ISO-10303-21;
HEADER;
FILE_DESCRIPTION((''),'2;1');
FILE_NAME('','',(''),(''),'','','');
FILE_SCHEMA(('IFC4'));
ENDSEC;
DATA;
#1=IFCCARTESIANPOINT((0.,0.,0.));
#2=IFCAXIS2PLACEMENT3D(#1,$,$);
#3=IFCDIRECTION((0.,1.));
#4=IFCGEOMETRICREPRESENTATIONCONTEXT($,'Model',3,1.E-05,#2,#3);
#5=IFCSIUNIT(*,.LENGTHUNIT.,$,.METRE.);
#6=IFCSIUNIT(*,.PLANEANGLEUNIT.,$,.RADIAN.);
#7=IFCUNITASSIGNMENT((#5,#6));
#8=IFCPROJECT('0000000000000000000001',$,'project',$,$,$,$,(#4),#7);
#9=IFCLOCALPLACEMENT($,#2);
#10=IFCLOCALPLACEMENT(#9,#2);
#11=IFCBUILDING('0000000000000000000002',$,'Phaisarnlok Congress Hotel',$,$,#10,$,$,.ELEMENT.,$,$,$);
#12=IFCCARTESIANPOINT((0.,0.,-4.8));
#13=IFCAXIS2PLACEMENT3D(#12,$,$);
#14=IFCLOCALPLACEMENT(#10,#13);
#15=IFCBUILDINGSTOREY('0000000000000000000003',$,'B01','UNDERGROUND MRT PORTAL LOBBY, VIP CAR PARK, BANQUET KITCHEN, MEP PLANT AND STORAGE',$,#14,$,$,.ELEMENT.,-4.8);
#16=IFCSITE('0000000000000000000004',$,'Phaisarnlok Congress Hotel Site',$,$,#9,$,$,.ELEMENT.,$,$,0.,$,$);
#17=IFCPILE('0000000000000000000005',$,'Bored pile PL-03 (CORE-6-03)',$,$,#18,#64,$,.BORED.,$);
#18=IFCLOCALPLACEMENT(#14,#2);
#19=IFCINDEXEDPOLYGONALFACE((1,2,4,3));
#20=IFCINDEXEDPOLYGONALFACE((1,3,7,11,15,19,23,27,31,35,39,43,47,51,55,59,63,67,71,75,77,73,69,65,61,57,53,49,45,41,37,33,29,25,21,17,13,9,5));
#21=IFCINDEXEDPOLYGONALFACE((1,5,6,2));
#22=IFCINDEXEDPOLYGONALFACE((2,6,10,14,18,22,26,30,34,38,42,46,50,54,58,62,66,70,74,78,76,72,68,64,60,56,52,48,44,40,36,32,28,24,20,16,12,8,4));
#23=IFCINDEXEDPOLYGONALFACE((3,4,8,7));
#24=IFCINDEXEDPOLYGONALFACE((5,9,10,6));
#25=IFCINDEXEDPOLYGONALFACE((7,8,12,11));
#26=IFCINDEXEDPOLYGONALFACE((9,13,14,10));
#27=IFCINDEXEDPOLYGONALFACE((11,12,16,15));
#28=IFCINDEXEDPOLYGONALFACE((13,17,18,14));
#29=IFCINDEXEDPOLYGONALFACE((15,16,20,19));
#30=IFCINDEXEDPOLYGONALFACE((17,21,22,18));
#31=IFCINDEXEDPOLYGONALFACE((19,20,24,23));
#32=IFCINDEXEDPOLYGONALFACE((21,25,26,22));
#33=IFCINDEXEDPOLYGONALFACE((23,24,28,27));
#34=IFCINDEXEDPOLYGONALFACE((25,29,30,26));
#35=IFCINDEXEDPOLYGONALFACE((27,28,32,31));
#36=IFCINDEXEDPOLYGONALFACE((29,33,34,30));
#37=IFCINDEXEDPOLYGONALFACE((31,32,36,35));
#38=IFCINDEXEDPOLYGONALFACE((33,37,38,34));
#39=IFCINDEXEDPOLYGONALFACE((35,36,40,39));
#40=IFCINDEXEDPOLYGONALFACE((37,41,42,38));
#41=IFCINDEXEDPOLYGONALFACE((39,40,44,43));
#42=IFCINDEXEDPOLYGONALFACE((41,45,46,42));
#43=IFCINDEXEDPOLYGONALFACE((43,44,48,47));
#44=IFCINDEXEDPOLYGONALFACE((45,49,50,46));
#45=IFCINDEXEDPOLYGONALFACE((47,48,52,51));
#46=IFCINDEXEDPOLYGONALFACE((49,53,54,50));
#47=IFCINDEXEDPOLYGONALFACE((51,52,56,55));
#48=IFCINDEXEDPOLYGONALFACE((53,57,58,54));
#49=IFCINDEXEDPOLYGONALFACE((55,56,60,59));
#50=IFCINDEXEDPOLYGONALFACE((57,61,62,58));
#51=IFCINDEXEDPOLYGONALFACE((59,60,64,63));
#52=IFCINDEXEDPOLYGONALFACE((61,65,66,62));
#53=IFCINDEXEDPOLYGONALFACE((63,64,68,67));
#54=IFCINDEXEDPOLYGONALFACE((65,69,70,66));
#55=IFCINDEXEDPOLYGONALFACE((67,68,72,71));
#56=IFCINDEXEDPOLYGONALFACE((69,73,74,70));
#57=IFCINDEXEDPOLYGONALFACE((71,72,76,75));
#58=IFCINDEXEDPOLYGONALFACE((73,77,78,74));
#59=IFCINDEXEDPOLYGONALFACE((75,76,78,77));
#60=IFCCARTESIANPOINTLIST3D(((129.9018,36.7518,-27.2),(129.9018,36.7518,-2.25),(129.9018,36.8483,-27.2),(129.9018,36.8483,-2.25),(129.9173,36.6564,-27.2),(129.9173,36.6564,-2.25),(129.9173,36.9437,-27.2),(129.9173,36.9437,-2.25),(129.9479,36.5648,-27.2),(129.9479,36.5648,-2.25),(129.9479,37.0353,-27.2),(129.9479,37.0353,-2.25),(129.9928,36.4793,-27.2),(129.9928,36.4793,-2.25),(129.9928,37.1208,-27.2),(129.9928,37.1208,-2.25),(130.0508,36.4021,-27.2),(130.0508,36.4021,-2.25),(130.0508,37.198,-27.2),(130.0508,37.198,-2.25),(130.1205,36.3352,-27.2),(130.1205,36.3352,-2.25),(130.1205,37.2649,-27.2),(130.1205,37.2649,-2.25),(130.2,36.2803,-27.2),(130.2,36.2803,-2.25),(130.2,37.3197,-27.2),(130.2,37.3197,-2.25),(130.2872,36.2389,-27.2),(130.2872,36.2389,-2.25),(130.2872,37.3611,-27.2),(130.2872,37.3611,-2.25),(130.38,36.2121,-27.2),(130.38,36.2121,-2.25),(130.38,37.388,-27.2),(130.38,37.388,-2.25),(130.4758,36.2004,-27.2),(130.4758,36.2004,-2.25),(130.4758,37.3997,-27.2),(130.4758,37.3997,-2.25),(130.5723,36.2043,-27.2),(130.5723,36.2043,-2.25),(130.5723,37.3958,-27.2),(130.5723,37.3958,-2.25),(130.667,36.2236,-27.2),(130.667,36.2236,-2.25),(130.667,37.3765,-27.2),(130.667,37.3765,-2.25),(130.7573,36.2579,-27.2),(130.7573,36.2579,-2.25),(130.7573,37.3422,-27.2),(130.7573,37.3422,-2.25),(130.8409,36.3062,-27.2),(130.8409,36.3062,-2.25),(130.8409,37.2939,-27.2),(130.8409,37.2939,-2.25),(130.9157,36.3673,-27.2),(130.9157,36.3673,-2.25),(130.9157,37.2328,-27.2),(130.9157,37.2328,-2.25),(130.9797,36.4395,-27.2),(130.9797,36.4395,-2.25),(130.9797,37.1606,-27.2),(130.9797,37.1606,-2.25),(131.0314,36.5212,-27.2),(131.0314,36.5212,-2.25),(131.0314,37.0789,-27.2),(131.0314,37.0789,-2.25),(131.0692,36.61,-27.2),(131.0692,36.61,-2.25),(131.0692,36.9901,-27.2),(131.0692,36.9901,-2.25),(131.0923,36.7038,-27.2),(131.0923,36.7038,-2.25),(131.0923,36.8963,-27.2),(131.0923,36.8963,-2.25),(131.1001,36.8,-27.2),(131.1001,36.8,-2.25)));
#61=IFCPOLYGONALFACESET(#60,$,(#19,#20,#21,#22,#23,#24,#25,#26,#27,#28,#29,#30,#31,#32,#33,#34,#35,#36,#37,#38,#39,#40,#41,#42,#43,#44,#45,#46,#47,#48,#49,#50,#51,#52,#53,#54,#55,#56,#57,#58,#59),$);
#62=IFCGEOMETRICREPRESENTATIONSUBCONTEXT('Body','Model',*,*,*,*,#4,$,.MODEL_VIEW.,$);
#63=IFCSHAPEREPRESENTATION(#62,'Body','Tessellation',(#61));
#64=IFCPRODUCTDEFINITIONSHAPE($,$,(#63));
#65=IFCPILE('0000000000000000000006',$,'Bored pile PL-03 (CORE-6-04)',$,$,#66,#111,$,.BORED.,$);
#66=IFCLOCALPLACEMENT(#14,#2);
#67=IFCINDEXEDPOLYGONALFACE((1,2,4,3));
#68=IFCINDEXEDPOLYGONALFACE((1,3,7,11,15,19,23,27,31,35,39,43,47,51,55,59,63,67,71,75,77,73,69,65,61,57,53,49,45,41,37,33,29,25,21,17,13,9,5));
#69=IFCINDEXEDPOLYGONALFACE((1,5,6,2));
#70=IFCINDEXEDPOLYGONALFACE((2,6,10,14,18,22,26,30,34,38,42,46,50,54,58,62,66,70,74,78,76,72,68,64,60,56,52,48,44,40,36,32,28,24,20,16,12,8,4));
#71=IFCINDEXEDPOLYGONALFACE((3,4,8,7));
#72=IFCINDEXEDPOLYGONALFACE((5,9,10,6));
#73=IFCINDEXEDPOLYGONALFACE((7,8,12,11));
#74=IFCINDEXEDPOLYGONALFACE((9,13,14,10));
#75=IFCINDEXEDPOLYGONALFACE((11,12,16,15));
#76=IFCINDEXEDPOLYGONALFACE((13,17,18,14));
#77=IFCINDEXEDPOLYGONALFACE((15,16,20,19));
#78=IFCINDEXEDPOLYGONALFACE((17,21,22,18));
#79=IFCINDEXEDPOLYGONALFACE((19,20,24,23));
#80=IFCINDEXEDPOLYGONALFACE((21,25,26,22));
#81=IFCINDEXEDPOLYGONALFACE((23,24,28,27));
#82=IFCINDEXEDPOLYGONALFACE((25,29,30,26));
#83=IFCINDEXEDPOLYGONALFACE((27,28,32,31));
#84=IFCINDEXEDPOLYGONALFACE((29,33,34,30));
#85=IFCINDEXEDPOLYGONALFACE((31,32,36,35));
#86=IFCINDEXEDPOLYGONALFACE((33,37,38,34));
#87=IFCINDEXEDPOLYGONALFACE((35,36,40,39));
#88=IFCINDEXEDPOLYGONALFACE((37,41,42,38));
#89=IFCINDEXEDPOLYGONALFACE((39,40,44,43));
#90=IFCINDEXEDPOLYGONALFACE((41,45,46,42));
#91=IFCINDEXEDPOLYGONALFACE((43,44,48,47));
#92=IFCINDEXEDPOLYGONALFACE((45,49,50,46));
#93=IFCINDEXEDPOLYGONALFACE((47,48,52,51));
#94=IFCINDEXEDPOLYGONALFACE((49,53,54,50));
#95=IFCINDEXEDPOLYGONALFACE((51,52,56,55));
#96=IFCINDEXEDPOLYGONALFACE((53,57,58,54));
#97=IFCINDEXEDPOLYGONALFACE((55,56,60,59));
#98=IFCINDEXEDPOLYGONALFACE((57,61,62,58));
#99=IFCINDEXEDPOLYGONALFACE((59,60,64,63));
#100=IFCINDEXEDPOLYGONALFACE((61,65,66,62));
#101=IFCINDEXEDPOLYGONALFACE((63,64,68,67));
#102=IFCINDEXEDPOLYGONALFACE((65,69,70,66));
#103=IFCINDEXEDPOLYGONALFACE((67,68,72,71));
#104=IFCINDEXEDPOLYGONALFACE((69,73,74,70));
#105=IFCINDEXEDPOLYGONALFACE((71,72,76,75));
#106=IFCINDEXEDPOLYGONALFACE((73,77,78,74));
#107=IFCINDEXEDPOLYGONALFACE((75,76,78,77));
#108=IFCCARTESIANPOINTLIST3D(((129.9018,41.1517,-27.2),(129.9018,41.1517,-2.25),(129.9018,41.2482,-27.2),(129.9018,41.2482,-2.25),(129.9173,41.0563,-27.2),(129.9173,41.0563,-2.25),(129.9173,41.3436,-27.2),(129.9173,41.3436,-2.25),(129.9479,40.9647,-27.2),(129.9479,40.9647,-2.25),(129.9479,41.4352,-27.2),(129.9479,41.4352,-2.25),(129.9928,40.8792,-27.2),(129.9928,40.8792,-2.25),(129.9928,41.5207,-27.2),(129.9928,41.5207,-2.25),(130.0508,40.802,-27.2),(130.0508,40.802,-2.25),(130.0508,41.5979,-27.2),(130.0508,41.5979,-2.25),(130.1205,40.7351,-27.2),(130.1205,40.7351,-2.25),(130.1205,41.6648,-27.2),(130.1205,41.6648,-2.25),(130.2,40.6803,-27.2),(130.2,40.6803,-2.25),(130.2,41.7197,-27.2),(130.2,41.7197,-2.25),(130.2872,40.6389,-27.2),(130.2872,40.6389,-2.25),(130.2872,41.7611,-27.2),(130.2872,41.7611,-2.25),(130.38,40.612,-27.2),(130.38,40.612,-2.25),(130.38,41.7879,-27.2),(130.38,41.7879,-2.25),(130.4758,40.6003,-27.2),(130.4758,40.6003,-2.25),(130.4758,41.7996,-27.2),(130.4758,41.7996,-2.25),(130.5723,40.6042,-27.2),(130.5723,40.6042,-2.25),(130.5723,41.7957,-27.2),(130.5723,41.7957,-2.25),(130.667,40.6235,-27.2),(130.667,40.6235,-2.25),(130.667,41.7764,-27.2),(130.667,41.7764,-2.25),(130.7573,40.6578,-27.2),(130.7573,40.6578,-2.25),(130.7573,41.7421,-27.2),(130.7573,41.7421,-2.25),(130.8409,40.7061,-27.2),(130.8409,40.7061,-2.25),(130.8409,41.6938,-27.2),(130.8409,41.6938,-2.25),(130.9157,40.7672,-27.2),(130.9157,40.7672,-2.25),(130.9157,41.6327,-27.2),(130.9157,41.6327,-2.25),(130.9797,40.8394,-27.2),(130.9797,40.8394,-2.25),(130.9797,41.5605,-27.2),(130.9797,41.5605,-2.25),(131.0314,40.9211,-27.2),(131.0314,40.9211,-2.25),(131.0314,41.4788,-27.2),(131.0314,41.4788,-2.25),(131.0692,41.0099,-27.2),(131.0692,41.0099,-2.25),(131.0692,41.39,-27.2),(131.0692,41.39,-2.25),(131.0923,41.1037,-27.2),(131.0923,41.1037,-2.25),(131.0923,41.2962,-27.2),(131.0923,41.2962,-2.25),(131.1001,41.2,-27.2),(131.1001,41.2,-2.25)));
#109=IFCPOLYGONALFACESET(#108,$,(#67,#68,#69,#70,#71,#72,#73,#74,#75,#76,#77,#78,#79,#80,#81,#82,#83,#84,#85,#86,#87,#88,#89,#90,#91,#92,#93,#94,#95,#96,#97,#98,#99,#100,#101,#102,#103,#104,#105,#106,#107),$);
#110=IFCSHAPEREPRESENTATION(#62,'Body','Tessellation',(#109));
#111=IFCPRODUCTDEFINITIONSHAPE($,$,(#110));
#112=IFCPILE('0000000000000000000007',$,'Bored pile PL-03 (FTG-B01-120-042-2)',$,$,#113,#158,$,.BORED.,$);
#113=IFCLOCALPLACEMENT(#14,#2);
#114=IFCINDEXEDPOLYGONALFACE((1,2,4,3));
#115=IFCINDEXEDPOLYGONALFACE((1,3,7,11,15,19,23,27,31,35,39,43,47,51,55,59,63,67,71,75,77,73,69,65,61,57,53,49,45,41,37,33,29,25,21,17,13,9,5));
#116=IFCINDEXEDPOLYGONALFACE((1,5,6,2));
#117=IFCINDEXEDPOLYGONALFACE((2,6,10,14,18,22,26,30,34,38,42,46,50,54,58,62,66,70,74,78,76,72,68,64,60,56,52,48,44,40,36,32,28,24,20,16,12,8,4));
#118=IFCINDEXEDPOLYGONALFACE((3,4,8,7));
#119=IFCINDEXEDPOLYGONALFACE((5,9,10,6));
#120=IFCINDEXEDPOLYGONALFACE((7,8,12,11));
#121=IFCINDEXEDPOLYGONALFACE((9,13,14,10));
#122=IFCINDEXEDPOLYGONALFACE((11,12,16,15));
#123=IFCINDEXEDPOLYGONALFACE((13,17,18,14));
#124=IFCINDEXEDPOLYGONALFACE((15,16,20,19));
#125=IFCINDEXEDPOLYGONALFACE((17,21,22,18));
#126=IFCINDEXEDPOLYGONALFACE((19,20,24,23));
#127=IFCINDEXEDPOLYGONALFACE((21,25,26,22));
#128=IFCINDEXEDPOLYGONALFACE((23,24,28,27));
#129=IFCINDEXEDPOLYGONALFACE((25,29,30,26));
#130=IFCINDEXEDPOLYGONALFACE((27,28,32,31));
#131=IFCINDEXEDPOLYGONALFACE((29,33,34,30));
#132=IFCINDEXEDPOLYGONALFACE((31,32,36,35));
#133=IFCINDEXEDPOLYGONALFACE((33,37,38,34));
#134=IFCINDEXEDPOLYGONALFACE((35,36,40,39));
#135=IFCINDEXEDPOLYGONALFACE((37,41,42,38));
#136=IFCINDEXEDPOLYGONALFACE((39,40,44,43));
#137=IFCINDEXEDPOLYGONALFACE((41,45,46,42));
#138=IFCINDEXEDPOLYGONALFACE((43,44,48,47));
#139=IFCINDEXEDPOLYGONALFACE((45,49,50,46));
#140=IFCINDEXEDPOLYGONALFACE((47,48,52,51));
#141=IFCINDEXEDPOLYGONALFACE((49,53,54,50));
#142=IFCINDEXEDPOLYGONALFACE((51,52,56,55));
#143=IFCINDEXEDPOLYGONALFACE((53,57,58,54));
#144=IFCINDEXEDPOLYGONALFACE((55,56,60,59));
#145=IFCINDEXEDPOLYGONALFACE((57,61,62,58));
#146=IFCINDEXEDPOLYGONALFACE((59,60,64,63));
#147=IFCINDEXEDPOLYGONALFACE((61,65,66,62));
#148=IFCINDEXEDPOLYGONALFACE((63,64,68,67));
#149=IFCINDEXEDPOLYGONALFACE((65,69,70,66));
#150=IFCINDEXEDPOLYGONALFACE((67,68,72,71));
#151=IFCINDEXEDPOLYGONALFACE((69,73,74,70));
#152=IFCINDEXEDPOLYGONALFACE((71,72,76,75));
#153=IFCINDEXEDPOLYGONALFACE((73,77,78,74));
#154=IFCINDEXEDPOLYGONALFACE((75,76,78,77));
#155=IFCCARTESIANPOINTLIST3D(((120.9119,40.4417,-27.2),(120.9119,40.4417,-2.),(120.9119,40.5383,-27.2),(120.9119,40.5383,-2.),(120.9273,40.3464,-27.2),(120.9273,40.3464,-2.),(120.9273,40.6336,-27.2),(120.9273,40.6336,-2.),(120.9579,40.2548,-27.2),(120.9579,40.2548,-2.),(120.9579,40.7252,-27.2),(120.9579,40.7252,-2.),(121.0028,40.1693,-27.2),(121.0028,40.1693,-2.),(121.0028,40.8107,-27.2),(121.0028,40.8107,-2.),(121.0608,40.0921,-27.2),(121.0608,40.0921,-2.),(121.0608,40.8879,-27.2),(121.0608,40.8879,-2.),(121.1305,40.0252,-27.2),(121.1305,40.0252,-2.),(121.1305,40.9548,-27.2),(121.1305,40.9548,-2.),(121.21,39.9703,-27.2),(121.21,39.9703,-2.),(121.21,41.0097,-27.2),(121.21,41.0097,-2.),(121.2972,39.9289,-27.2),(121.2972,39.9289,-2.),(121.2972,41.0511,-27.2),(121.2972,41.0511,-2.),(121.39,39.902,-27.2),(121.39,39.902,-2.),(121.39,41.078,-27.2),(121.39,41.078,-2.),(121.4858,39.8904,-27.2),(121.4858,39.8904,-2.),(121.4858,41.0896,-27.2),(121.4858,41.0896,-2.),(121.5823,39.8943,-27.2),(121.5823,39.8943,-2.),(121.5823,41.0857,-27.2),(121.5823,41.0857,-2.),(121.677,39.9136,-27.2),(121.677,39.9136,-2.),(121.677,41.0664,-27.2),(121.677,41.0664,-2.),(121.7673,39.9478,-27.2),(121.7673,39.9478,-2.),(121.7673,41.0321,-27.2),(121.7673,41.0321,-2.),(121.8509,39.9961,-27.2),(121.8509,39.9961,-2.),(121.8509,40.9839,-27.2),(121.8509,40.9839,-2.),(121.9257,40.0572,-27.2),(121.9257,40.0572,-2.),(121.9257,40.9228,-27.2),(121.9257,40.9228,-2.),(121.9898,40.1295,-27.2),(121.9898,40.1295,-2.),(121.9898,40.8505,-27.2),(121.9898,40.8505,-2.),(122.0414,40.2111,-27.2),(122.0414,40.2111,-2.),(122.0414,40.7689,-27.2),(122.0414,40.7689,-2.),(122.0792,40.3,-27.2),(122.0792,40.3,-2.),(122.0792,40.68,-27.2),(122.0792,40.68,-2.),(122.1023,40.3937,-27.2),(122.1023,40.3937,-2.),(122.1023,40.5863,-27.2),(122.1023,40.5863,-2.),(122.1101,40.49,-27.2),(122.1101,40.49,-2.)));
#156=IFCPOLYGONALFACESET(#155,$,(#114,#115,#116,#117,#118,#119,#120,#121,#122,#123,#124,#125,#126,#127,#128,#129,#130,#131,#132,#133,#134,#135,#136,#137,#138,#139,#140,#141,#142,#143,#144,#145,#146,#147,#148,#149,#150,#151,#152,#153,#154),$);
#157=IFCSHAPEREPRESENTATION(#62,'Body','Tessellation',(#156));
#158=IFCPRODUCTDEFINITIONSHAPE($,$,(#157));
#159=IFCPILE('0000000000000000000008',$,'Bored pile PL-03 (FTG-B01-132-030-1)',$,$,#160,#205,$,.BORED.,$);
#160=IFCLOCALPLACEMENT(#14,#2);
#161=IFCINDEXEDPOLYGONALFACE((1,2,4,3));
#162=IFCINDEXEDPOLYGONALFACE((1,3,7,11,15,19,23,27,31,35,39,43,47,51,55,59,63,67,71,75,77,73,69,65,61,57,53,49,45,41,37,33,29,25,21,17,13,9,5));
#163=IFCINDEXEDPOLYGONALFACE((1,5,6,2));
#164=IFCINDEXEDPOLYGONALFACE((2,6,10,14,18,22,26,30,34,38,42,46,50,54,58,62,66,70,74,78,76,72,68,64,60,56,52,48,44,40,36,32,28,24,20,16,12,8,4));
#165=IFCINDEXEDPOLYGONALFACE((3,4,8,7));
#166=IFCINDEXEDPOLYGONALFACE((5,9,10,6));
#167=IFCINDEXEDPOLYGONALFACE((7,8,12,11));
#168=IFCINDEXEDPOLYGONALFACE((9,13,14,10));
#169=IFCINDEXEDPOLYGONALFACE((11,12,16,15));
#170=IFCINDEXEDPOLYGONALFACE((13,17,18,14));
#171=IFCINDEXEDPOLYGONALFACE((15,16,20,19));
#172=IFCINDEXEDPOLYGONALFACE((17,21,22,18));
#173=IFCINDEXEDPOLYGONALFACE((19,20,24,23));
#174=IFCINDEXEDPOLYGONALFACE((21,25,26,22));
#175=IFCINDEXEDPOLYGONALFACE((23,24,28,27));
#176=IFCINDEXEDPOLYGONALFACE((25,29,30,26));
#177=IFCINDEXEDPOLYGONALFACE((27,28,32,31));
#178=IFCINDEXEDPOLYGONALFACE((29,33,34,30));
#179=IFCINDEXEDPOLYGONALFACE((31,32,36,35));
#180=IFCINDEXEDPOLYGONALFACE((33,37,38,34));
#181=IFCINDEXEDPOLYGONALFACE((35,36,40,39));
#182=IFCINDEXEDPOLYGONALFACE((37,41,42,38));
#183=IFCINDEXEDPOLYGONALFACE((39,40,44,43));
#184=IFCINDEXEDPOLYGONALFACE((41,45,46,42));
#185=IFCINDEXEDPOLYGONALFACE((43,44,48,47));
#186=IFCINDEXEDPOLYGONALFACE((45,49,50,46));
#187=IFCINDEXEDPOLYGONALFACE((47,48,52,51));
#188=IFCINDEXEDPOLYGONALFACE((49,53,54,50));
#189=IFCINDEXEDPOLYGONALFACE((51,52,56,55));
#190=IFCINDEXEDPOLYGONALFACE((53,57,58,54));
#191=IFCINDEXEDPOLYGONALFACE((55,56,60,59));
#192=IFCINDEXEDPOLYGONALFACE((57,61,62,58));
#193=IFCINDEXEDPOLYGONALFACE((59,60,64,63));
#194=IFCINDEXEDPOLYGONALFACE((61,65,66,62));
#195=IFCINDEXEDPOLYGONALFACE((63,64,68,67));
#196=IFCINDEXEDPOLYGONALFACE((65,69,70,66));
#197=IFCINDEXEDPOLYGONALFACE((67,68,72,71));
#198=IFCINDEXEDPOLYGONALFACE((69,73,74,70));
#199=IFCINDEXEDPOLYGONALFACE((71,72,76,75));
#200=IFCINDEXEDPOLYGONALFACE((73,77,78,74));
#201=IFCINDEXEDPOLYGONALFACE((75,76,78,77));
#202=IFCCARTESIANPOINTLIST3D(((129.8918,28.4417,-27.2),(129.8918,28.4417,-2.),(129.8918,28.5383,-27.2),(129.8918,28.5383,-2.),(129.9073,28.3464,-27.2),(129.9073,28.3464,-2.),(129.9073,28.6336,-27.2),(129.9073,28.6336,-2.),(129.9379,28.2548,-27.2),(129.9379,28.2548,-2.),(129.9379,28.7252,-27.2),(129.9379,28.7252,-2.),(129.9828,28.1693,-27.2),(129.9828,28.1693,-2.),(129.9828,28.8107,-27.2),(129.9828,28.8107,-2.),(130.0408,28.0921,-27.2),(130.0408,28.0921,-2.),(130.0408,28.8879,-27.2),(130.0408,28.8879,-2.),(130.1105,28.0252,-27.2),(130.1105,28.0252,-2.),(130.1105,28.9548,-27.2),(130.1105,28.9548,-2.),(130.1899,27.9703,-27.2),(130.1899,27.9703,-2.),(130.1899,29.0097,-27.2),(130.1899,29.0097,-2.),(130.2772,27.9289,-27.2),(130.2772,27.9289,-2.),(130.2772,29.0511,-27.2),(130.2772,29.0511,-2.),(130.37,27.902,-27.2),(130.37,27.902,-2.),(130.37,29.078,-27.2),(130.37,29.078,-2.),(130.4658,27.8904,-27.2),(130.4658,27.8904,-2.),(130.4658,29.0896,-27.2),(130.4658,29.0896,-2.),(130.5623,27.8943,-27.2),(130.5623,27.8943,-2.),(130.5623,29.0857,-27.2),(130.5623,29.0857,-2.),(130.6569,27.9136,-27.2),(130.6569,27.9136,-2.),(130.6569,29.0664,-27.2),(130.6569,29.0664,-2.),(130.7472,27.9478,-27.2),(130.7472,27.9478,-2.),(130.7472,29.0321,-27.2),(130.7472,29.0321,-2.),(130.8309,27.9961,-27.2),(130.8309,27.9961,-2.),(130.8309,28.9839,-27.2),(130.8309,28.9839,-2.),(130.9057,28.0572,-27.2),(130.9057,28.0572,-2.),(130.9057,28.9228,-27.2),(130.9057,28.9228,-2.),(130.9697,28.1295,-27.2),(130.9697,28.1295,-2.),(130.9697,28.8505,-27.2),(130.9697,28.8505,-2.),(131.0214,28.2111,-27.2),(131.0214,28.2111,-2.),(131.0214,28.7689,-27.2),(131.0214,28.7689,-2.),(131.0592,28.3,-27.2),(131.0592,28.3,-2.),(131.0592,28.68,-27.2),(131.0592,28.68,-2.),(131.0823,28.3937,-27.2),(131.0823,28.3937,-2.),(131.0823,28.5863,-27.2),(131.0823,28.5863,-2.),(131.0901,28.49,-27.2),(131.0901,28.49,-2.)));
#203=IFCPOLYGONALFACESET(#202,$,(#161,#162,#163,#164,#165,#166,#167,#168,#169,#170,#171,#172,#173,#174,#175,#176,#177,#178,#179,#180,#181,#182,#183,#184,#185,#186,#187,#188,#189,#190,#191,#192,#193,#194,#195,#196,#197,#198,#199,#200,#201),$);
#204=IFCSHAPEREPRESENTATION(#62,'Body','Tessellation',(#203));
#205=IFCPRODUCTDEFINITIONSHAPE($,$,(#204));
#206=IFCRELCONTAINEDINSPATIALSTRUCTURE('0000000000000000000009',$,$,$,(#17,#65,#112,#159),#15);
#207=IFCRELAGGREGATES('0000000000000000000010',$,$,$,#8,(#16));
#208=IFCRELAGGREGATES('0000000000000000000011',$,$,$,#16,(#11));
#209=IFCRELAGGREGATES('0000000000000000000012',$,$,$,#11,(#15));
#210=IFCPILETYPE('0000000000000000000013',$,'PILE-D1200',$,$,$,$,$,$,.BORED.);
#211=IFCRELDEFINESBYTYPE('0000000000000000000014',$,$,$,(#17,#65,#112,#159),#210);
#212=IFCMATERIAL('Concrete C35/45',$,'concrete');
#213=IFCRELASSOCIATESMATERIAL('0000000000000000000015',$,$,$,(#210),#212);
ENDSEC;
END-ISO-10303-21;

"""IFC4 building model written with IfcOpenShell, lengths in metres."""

from ifc_helpers import new_model, si_unit, direction, frame, origin, origin_2d, place, context, subcontext, project, spatial, circle, extrude, material, material_profile, profile_set, type_object, element, save


model = new_model("IFC4")

# Units and contexts
model_context = context("Model", 3, precision=1e-05, world=origin(), true_north=direction((0.0, 1.0)))
body_context = subcontext(model_context, "Body", "Model", "MODEL_VIEW")
ifc_project = project(units=[si_unit("LENGTHUNIT", "METRE"), si_unit("PLANEANGLEUNIT", "RADIAN")], contexts=[model_context])

# Site, building, storey
site_placement = place(None, origin())
site = spatial("IfcSite", under=ifc_project, at=site_placement, Name="Phaisarnlok Congress Hotel Site", CompositionType="ELEMENT", RefElevation=0.0)
building_placement = place(site_placement, origin())
building = spatial("IfcBuilding", under=site, at=building_placement, Name="Phaisarnlok Congress Hotel", CompositionType="ELEMENT")
storey_placement = place(building_placement, frame((0.0, 0.0, -4.8)))
storey = spatial("IfcBuildingStorey", under=building, at=storey_placement, Name="B01", Description="UNDERGROUND MRT PORTAL LOBBY, VIP CAR PARK, BANQUET KITCHEN, MEP PLANT AND STORAGE", CompositionType="ELEMENT", Elevation=-4.8)

# Piles
ifc_material_1 = material(Name="Concrete C35/45", Category="concrete")
ifc_material_profile_1 = material_profile(ifc_material_1, circle(Radius=0.6001, at=origin_2d()), Name="BORED PILE D1200")
ifc_profile_set_1 = profile_set([ifc_material_profile_1], Name="Concrete C35/45")
pile_type_1 = type_object("IfcPileType", Name="PILE-D1200", PredefinedType="BORED", material=ifc_profile_set_1)
for number, where, z_axis, x_axis, name in (
    (1, (130.5, 36.8, -2.25), (0.0, 0.0, -1.0), (1.0, 0.0, 0.0), "Bored pile PL-03 (CORE-6-03)"),
    (2, (130.5, 41.2, -2.25), (0.0, 0.0, -1.0), (1.0, 0.0, 0.0), "Bored pile PL-03 (CORE-6-04)"),
):
    element("IfcPile", number, at=place(storey_placement, frame(where, z_axis=z_axis, x_axis=x_axis)), inside=storey, type_object=pile_type_1, Name=name, PredefinedType="BORED", context=body_context, shape_type="SweptSolid", body=[
        extrude(circle(Radius=0.6001, at=origin_2d()), origin(), (0.0, 0.0, 1.0), 24.95),
    ])
for number, where, z_axis, x_axis, name in (
    (3, (121.51, 40.49, -2.0), (0.0, 0.0, -1.0), (1.0, 0.0, 0.0), "Bored pile PL-03 (FTG-B01-120-042-2)"),
    (4, (130.49, 28.49, -2.0), (0.0, 0.0, -1.0), (1.0, 0.0, 0.0), "Bored pile PL-03 (FTG-B01-132-030-1)"),
):
    element("IfcPile", number, at=place(storey_placement, frame(where, z_axis=z_axis, x_axis=x_axis)), inside=storey, type_object=pile_type_1, Name=name, PredefinedType="BORED", context=body_context, shape_type="SweptSolid", body=[
        extrude(circle(Radius=0.6001, at=origin_2d()), origin(), (0.0, 0.0, 1.0), 25.2),
    ])

save(model, "model.ifc")
